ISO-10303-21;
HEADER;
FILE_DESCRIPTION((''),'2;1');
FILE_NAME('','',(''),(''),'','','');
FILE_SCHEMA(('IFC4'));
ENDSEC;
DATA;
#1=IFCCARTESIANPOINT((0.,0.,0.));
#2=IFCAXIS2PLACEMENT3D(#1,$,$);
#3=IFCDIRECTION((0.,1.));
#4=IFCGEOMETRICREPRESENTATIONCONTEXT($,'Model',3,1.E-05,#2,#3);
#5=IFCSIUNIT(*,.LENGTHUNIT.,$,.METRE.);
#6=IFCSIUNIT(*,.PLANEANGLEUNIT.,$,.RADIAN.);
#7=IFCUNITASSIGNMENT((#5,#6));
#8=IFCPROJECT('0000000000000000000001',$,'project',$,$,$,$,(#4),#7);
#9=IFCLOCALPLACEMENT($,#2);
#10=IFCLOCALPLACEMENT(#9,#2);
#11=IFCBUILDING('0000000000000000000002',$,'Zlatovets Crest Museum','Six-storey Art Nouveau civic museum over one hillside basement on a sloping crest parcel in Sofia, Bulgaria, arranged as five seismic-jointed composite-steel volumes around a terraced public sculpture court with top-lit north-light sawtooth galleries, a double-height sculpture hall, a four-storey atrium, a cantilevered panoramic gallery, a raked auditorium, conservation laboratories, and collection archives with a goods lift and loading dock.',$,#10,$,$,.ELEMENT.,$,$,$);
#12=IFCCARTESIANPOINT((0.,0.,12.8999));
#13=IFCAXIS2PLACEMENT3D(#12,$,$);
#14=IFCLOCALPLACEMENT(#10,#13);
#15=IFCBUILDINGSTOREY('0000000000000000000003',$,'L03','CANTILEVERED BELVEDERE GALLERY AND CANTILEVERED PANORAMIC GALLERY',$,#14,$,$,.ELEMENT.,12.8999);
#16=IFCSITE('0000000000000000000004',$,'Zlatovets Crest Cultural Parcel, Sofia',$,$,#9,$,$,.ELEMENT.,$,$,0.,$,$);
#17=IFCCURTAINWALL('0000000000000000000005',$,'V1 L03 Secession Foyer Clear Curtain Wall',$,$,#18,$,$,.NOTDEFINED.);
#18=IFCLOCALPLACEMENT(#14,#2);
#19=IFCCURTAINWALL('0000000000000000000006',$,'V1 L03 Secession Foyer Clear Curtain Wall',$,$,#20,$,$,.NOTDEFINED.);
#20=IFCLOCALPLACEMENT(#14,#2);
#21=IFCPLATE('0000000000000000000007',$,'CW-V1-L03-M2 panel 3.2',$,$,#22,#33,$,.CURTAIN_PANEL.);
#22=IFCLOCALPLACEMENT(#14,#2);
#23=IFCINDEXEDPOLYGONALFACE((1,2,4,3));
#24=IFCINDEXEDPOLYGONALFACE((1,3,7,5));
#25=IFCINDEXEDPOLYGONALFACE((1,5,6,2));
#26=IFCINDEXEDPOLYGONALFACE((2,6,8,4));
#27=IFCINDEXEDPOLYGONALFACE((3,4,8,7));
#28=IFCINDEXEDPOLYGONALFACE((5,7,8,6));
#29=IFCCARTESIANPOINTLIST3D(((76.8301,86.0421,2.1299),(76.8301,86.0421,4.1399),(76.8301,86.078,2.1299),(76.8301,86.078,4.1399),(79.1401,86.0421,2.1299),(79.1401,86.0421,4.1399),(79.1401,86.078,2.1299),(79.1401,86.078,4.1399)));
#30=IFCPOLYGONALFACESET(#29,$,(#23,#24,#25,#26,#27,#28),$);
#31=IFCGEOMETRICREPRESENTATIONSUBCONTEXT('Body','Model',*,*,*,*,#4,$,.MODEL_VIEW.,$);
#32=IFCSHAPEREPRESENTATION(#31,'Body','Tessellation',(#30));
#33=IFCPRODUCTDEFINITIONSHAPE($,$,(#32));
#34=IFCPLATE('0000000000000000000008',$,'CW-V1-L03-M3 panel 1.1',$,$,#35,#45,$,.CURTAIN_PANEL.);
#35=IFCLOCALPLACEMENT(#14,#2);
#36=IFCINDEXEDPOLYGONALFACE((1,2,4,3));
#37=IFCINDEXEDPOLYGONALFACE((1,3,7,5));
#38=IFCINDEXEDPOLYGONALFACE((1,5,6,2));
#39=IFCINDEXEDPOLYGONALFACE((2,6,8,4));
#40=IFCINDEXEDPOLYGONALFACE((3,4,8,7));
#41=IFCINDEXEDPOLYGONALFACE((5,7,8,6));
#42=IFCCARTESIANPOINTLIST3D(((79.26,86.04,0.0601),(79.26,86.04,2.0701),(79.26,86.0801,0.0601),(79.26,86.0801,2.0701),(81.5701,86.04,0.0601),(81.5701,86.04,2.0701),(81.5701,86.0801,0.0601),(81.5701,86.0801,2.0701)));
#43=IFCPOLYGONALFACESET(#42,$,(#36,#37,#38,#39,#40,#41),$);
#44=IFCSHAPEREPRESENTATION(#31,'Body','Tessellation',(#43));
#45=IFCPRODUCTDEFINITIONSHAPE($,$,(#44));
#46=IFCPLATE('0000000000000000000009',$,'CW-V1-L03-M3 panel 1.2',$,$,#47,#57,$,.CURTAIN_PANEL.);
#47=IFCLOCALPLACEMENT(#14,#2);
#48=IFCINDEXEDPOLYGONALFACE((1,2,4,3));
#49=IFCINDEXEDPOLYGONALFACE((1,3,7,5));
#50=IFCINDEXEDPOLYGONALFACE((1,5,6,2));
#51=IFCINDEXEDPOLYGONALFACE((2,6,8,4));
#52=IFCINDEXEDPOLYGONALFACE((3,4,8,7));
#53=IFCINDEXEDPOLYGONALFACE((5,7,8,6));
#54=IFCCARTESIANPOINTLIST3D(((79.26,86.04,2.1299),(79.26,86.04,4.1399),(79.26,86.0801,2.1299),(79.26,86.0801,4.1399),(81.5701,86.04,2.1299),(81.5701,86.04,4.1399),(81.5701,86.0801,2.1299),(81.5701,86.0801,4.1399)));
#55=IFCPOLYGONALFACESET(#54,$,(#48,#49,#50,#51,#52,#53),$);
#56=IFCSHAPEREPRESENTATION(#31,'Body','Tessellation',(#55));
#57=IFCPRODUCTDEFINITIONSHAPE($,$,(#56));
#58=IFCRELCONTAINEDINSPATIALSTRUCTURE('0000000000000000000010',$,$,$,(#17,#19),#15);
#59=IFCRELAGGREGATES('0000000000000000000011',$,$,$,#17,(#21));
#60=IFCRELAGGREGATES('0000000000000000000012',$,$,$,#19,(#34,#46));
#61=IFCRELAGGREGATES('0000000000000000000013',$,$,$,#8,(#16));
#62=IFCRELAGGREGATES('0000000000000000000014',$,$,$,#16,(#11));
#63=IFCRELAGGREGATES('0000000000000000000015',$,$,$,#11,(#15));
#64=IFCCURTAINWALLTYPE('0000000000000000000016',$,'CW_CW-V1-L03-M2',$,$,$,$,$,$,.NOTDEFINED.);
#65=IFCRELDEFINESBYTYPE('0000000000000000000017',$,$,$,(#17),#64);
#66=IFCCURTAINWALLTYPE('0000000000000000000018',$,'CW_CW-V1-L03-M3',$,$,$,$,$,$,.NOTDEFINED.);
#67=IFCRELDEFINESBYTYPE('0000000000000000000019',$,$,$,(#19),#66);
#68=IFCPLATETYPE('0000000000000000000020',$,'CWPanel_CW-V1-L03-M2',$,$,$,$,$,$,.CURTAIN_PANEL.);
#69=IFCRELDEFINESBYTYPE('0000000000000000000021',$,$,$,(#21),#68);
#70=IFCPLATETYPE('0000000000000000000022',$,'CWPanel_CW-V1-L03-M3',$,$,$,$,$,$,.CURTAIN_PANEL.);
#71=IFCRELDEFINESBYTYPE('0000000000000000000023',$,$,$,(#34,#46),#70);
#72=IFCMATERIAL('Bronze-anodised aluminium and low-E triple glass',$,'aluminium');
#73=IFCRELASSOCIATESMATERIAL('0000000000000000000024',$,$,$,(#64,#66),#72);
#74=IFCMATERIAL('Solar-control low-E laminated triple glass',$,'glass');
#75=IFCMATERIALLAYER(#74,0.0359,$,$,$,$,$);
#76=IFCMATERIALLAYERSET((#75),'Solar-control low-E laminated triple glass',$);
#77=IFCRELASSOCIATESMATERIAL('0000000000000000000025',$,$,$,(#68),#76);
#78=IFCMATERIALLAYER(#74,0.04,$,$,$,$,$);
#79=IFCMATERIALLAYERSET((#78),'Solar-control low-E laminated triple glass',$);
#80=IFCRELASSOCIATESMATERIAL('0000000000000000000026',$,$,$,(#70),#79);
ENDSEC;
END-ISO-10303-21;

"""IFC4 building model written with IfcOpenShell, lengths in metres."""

from ifc_helpers import new_model, si_unit, direction, frame, origin, origin_2d, place, context, subcontext, project, spatial, rectangle, extrude, material, layer, layer_set, type_object, element, aggregate, save


model = new_model("IFC4")

# Units and contexts
model_context = context("Model", 3, precision=1e-05, world=origin(), true_north=direction((0.0, 1.0)))
body_context = subcontext(model_context, "Body", "Model", "MODEL_VIEW")
ifc_project = project(units=[si_unit("LENGTHUNIT", "METRE"), si_unit("PLANEANGLEUNIT", "RADIAN")], contexts=[model_context])

# Site, building, storey
site_placement = place(None, origin())
site = spatial("IfcSite", under=ifc_project, at=site_placement, Name="Zlatovets Crest Cultural Parcel, Sofia", CompositionType="ELEMENT", RefElevation=0.0)
building_placement = place(site_placement, origin())
building = spatial("IfcBuilding", under=site, at=building_placement, Name="Zlatovets Crest Museum", Description="Six-storey Art Nouveau civic museum over one hillside basement on a sloping crest parcel in Sofia, Bulgaria, arranged as five seismic-jointed composite-steel volumes around a terraced public sculpture court with top-lit north-light sawtooth galleries, a double-height sculpture hall, a four-storey atrium, a cantilevered panoramic gallery, a raked auditorium, conservation laboratories, and collection archives with a goods lift and loading dock.", CompositionType="ELEMENT")
storey_placement = place(building_placement, frame((0.0, 0.0, 12.8999)))
storey = spatial("IfcBuildingStorey", under=building, at=storey_placement, Name="L03", Description="CANTILEVERED BELVEDERE GALLERY AND CANTILEVERED PANORAMIC GALLERY", CompositionType="ELEMENT", Elevation=12.8999)

# Curtain walls
ifc_material_1 = material(Name="Bronze-anodised aluminium and low-E triple glass", Category="aluminium")
curtain_wall_type_1 = type_object("IfcCurtainWallType", Name="CW_CW-V1-L03-M2", PredefinedType="NOTDEFINED", material=ifc_material_1)
curtain_wall_1_placement = place(storey_placement, origin())
curtain_wall_1 = element("IfcCurtainWall", 1, at=curtain_wall_1_placement, inside=storey, type_object=curtain_wall_type_1, Name="V1 L03 Secession Foyer Clear Curtain Wall", PredefinedType="NOTDEFINED")
curtain_wall_type_2 = type_object("IfcCurtainWallType", Name="CW_CW-V1-L03-M3", PredefinedType="NOTDEFINED", material=ifc_material_1)
curtain_wall_2_placement = place(storey_placement, origin())
curtain_wall_2 = element("IfcCurtainWall", 2, at=curtain_wall_2_placement, inside=storey, type_object=curtain_wall_type_2, Name="V1 L03 Secession Foyer Clear Curtain Wall", PredefinedType="NOTDEFINED")

# Plates
ifc_material_2 = material(Name="Solar-control low-E laminated triple glass", Category="glass")
ifc_layer_1 = layer(ifc_material_2, 0.0359)
ifc_layer_set_1 = layer_set([ifc_layer_1], Name="Solar-control low-E laminated triple glass")
plate_type_1 = type_object("IfcPlateType", Name="CWPanel_CW-V1-L03-M2", PredefinedType="CURTAIN_PANEL", material=ifc_layer_set_1)
plate_1_placement = place(storey_placement, frame((77.9851, 86.0601, 2.1299), z_axis=(0.0, 0.0, 1.0), x_axis=(1.0, 0.0, 0.0)))
plate_1 = element("IfcPlate", 3, at=plate_1_placement, type_object=plate_type_1, Name="CW-V1-L03-M2 panel 3.2", PredefinedType="CURTAIN_PANEL", context=body_context, shape_type="SweptSolid", body=[
    extrude(rectangle(XDim=2.3101, YDim=0.0359, at=origin_2d()), origin(), (0.0, 0.0, 1.0), 2.01),
])
aggregate(curtain_wall_1, [plate_1])
ifc_layer_2 = layer(ifc_material_2, 0.04)
ifc_layer_set_2 = layer_set([ifc_layer_2], Name="Solar-control low-E laminated triple glass")
plate_type_2 = type_object("IfcPlateType", Name="CWPanel_CW-V1-L03-M3", PredefinedType="CURTAIN_PANEL", material=ifc_layer_set_2)
plate_2_placement = place(storey_placement, frame((80.415, 86.0601, 0.0601), z_axis=(0.0, 0.0, 1.0), x_axis=(1.0, 0.0, 0.0)))
plate_2 = element("IfcPlate", 4, at=plate_2_placement, type_object=plate_type_2, Name="CW-V1-L03-M3 panel 1.1", PredefinedType="CURTAIN_PANEL", context=body_context, shape_type="SweptSolid", body=[
    extrude(rectangle(XDim=2.3101, YDim=0.04, at=origin_2d()), origin(), (0.0, 0.0, 1.0), 2.01),
])
plate_3_placement = place(storey_placement, frame((80.415, 86.0601, 2.1299), z_axis=(0.0, 0.0, 1.0), x_axis=(1.0, 0.0, 0.0)))
plate_3 = element("IfcPlate", 5, at=plate_3_placement, type_object=plate_type_2, Name="CW-V1-L03-M3 panel 1.2", PredefinedType="CURTAIN_PANEL", context=body_context, shape_type="SweptSolid", body=[
    extrude(rectangle(XDim=2.3101, YDim=0.04, at=origin_2d()), origin(), (0.0, 0.0, 1.0), 2.01),
])
aggregate(curtain_wall_2, [plate_2, plate_3])

save(model, "model.ifc")
